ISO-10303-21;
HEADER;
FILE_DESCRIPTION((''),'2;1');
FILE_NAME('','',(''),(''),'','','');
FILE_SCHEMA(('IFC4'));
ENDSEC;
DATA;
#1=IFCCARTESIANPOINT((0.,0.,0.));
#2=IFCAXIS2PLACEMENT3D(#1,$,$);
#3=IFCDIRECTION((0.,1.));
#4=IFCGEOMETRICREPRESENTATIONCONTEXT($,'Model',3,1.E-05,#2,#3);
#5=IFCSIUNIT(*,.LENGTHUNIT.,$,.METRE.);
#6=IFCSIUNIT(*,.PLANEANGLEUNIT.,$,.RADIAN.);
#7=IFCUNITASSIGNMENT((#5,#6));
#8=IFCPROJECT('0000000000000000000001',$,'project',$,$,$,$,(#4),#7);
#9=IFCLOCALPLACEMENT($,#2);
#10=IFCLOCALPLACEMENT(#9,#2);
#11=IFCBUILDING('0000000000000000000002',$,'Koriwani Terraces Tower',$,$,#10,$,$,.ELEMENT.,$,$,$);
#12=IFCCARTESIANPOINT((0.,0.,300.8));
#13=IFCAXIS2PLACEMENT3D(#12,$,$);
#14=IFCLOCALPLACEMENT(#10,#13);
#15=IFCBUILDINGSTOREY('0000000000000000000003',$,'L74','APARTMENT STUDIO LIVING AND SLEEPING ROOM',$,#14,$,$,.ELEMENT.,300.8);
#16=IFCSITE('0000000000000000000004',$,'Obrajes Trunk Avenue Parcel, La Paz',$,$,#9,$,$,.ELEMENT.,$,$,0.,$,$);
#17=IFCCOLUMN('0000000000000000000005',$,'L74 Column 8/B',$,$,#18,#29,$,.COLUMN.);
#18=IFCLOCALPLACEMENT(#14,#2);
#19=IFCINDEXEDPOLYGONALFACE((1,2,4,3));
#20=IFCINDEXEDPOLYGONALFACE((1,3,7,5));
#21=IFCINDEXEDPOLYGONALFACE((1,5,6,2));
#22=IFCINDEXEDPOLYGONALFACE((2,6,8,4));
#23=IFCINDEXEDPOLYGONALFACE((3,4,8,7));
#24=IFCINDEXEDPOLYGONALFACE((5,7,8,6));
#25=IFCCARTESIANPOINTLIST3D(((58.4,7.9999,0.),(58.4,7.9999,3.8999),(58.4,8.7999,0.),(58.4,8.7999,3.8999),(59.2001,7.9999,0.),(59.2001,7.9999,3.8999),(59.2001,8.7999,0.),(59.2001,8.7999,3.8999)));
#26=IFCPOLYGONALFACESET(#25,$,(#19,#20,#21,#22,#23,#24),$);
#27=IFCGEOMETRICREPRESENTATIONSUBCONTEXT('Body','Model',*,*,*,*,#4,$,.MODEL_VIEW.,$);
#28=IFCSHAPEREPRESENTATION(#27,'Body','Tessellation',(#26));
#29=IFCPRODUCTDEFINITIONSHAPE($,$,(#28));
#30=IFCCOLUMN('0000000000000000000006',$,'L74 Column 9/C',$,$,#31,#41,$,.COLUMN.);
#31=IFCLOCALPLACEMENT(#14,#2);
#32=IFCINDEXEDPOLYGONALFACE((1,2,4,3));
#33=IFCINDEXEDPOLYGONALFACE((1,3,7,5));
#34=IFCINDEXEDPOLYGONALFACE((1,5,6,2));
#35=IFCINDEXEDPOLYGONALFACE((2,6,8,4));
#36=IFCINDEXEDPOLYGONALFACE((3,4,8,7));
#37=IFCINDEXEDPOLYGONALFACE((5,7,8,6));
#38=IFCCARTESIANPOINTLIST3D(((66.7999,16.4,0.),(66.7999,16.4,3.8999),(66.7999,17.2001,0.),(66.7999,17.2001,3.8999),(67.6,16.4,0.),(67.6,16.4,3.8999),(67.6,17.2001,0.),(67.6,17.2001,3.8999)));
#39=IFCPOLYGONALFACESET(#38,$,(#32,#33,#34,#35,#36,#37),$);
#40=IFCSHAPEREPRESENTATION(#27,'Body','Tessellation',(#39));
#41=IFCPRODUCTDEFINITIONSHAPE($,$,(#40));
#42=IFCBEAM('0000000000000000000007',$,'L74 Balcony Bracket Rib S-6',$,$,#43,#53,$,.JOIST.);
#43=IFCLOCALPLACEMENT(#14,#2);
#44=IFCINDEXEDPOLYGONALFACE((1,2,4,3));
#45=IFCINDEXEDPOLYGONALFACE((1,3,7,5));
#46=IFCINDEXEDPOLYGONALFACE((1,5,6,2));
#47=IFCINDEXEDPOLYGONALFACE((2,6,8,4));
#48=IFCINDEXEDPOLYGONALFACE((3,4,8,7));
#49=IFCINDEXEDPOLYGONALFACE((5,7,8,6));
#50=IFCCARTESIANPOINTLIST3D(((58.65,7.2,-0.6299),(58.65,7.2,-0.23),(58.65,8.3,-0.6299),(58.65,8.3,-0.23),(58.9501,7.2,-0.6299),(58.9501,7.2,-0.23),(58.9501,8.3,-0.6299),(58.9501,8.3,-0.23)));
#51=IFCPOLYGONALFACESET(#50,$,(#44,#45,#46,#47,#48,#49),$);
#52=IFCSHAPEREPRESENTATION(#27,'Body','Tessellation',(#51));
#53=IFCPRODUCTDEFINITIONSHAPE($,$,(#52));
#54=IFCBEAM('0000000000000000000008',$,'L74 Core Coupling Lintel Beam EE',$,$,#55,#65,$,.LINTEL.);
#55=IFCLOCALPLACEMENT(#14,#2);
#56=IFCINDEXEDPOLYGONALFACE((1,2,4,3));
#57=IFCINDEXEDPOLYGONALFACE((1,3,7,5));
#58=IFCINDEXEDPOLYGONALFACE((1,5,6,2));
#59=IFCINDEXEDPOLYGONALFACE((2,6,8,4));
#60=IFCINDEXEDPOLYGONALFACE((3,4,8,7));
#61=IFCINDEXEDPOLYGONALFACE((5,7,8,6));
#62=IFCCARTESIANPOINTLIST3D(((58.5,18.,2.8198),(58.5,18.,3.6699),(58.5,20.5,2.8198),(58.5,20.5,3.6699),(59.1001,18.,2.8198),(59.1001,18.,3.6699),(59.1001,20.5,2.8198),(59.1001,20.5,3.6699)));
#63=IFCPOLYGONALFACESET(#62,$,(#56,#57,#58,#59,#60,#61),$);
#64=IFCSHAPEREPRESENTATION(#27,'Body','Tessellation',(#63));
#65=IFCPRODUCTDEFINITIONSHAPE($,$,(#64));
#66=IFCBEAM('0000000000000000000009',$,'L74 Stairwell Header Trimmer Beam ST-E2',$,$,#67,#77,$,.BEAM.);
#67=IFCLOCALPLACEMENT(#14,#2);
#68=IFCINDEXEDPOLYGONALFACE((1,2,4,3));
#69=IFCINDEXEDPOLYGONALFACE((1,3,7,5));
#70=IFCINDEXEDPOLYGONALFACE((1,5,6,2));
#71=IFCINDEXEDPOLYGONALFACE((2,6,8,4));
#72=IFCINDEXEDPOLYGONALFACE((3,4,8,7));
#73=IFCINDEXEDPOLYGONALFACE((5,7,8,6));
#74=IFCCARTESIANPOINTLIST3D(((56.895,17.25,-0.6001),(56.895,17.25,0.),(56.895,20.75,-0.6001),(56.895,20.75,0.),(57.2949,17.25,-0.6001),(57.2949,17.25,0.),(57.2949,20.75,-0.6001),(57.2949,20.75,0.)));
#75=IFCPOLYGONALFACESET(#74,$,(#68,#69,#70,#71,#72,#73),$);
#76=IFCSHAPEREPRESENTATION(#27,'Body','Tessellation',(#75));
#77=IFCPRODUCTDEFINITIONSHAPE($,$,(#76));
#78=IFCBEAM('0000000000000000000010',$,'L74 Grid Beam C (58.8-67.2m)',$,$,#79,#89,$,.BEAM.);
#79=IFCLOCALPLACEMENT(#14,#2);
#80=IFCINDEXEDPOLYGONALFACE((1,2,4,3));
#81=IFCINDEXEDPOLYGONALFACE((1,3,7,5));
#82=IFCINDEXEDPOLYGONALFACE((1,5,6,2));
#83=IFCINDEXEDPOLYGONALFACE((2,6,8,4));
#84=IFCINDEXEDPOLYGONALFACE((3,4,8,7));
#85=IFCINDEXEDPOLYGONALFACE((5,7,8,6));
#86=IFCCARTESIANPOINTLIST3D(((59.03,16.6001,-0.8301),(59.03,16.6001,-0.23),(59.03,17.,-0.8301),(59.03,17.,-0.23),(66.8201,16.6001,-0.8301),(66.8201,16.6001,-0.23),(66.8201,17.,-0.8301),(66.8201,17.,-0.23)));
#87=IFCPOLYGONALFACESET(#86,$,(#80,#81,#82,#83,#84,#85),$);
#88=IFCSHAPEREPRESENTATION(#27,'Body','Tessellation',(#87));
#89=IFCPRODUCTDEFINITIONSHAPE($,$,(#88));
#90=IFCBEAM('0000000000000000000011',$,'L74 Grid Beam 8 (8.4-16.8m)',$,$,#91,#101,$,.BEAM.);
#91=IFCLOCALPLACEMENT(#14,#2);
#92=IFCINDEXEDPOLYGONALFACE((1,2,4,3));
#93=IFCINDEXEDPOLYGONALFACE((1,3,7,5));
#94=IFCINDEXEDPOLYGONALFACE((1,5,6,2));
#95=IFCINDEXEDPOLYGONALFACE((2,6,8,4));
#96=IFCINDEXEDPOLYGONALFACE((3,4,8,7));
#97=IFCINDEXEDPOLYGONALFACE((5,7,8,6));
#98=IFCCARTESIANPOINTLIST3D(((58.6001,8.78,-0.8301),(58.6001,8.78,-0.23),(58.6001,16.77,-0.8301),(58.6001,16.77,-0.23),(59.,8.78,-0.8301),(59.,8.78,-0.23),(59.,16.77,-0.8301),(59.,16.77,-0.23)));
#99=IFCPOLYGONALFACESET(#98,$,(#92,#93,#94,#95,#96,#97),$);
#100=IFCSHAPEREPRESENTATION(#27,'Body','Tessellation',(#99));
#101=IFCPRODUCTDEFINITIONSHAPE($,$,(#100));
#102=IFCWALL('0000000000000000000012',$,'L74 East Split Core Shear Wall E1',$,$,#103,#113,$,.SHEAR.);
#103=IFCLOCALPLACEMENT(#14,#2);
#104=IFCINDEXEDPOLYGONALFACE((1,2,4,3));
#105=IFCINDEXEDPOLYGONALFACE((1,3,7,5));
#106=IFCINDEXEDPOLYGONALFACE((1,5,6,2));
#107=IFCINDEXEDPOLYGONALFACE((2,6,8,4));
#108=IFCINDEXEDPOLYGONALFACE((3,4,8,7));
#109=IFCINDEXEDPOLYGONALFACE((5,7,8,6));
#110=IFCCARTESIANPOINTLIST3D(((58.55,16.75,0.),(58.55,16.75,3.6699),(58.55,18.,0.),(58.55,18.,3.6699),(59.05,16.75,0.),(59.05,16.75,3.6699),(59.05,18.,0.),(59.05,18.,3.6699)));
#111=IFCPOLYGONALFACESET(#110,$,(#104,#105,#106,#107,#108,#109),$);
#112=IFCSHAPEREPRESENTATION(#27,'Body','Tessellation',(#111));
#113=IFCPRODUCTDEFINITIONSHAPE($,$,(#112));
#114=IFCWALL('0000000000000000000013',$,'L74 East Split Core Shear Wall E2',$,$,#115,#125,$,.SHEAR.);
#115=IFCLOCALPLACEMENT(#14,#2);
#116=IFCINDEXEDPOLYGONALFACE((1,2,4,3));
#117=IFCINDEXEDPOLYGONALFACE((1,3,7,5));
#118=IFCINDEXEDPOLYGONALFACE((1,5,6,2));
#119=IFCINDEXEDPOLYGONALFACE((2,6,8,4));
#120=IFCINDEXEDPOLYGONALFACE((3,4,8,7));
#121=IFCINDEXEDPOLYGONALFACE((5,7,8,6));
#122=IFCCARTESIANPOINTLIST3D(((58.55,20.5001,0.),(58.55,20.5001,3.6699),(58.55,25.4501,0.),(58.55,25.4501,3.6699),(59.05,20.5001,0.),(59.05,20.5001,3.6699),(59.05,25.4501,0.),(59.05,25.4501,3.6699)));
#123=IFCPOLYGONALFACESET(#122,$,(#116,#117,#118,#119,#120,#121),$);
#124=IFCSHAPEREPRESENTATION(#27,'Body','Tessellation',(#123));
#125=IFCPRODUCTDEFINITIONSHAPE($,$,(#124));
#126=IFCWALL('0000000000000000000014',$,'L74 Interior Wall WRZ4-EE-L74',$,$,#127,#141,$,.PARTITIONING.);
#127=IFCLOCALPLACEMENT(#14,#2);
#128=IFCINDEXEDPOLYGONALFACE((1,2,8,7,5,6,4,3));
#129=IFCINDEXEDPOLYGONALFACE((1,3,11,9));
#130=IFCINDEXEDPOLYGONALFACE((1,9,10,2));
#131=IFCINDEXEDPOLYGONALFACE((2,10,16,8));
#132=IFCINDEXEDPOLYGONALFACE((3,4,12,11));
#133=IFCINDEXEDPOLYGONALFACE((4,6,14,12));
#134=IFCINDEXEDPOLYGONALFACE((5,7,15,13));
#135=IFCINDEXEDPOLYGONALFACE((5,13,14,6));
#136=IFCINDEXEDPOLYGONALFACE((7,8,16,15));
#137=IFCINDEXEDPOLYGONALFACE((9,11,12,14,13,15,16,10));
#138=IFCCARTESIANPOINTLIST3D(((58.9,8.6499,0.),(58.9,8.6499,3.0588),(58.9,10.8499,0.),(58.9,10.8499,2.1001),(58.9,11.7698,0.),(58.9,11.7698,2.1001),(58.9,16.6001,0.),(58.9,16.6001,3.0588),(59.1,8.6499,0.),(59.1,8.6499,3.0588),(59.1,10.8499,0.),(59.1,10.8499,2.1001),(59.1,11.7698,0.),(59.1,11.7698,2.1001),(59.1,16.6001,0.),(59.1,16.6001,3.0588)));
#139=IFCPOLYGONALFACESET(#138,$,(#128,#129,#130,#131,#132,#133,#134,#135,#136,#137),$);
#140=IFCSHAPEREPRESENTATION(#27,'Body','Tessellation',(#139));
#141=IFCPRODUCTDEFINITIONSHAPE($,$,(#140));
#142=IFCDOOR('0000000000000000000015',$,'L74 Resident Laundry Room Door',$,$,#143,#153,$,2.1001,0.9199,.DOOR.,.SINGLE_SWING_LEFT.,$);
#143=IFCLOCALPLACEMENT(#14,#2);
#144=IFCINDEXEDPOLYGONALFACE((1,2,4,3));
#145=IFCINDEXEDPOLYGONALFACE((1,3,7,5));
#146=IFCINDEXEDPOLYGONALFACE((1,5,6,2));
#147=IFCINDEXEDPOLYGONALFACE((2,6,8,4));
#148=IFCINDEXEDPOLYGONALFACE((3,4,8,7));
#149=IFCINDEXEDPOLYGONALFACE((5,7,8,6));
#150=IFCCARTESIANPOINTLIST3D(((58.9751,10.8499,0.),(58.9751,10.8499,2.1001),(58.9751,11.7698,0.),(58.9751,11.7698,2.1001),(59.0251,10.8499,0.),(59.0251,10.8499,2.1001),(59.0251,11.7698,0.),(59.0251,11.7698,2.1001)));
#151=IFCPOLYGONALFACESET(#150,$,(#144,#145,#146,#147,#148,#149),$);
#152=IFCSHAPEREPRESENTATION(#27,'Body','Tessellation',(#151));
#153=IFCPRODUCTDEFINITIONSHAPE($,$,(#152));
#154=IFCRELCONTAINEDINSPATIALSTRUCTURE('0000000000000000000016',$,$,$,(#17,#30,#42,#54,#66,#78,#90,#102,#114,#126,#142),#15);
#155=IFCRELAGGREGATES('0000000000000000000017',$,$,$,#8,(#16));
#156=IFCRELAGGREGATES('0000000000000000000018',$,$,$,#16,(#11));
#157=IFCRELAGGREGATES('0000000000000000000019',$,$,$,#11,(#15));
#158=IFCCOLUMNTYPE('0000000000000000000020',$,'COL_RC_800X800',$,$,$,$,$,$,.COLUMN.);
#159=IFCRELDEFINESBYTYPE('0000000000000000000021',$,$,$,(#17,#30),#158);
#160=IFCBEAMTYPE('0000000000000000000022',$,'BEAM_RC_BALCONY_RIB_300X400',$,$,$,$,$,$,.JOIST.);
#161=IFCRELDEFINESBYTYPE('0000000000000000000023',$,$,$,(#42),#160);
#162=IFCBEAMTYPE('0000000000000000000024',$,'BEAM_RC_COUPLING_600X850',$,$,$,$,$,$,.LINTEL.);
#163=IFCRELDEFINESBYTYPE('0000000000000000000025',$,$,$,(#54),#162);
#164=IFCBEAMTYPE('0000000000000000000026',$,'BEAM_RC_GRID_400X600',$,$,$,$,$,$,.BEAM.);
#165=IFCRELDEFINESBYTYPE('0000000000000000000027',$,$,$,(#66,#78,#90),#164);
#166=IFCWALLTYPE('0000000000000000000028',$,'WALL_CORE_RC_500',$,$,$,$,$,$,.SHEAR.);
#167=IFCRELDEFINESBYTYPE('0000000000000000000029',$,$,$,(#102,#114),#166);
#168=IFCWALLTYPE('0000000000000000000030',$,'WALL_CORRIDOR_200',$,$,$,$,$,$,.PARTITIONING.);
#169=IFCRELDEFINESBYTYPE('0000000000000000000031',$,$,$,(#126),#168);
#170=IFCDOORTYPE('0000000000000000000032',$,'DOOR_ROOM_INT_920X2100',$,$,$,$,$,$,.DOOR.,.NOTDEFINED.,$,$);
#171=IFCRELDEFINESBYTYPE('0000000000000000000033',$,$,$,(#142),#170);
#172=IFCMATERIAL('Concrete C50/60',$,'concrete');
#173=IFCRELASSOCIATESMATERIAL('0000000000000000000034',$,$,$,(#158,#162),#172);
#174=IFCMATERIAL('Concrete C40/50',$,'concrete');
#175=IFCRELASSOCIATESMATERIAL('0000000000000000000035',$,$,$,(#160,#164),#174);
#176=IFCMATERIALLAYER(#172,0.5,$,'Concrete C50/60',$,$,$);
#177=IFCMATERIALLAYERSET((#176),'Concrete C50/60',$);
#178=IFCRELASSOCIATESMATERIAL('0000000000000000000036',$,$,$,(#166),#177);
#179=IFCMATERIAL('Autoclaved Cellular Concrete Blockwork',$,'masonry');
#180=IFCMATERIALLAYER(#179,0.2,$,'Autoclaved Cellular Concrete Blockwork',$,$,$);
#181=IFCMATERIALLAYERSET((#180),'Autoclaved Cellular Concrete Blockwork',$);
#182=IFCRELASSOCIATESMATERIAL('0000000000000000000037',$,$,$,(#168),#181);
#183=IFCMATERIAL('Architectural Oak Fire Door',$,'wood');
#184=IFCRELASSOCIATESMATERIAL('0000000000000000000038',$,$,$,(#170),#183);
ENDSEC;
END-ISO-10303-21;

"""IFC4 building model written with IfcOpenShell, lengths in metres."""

from ifc_helpers import new_model, si_unit, direction, frame, frame_2d, origin, origin_2d, place, context, subcontext, project, spatial, rectangle, extrude, material, layer, layer_set, material_profile, profile_set, type_object, element, fill, save


model = new_model("IFC4")

# Units and contexts
model_context = context("Model", 3, precision=1e-05, world=origin(), true_north=direction((0.0, 1.0)))
body_context = subcontext(model_context, "Body", "Model", "MODEL_VIEW")
ifc_project = project(units=[si_unit("LENGTHUNIT", "METRE"), si_unit("PLANEANGLEUNIT", "RADIAN")], contexts=[model_context])

# Site, building, storey
site_placement = place(None, origin())
site = spatial("IfcSite", under=ifc_project, at=site_placement, Name="Obrajes Trunk Avenue Parcel, La Paz", CompositionType="ELEMENT", RefElevation=0.0)
building_placement = place(site_placement, origin())
building = spatial("IfcBuilding", under=site, at=building_placement, Name="Koriwani Terraces Tower", CompositionType="ELEMENT")
storey_placement = place(building_placement, frame((0.0, 0.0, 300.8)))
storey = spatial("IfcBuildingStorey", under=building, at=storey_placement, Name="L74", Description="APARTMENT STUDIO LIVING AND SLEEPING ROOM", CompositionType="ELEMENT", Elevation=300.8)

# Columns
ifc_material_1 = material(Name="Concrete C50/60", Category="concrete")
ifc_material_profile_1 = material_profile(ifc_material_1, rectangle(XDim=0.8, YDim=0.8, at=origin_2d()), Name="Concrete C50/60", Category="LoadBearing")
ifc_profile_set_1 = profile_set([ifc_material_profile_1], Name="Concrete C50/60")
column_type = type_object("IfcColumnType", Name="COL_RC_800X800", PredefinedType="COLUMN", material=ifc_profile_set_1)
for number, where, z_axis, x_axis, name in (
    (1, (58.8, 8.3999, 0.0), (0.0, 0.0, 1.0), (1.0, 0.0, 0.0), "L74 Column 8/B"),
    (2, (67.2, 16.8, 0.0), (0.0, 0.0, 1.0), (1.0, 0.0, 0.0), "L74 Column 9/C"),
):
    element("IfcColumn", number, at=place(storey_placement, frame(where, z_axis=z_axis, x_axis=x_axis)), inside=storey, type_object=column_type, Name=name, PredefinedType="COLUMN", context=body_context, shape_type="SweptSolid", body=[
        extrude(rectangle(XDim=0.8, YDim=0.8, at=origin_2d()), origin(), (0.0, 0.0, 1.0), 3.8999),
    ])

# Beams
ifc_material_2 = material(Name="Concrete C40/50", Category="concrete")
ifc_material_profile_2 = material_profile(ifc_material_2, rectangle(XDim=0.3, YDim=0.3999, at=origin_2d()), Name="Concrete C40/50", Category="LoadBearing")
ifc_profile_set_2 = profile_set([ifc_material_profile_2], Name="Concrete C40/50")
beam_type_1 = type_object("IfcBeamType", Name="BEAM_RC_BALCONY_RIB_300X400", PredefinedType="JOIST", material=ifc_profile_set_2)
beam_1_placement = place(storey_placement, frame((58.8, 7.2, -0.4299), z_axis=(0.0, 1.0, 0.0), x_axis=(-1.0, 0.0, 0.0)))
element("IfcBeam", 3, at=beam_1_placement, inside=storey, type_object=beam_type_1, Name="L74 Balcony Bracket Rib S-6", PredefinedType="JOIST", context=body_context, shape_type="SweptSolid", body=[
    extrude(rectangle(XDim=0.3, YDim=0.3999, at=origin_2d()), origin(), (0.0, 0.0, 1.0), 1.1001),
])
ifc_material_profile_3 = material_profile(ifc_material_1, rectangle(XDim=0.6001, YDim=0.8501, at=origin_2d()), Name="Concrete C50/60", Category="LoadBearing")
ifc_profile_set_3 = profile_set([ifc_material_profile_3], Name="Concrete C50/60")
beam_type_2 = type_object("IfcBeamType", Name="BEAM_RC_COUPLING_600X850", PredefinedType="LINTEL", material=ifc_profile_set_3)
beam_2_placement = place(storey_placement, frame((58.8, 18.0, 3.2449), z_axis=(0.0, 1.0, 0.0), x_axis=(-1.0, 0.0, 0.0)))
element("IfcBeam", 4, at=beam_2_placement, inside=storey, type_object=beam_type_2, Name="L74 Core Coupling Lintel Beam EE", PredefinedType="LINTEL", context=body_context, shape_type="SweptSolid", body=[
    extrude(rectangle(XDim=0.6001, YDim=0.8501, at=origin_2d()), origin(), (0.0, 0.0, 1.0), 2.5),
])
ifc_material_profile_4 = material_profile(ifc_material_2, rectangle(XDim=0.3999, YDim=0.6001, at=origin_2d()), Name="Concrete C40/50", Category="LoadBearing")
ifc_profile_set_4 = profile_set([ifc_material_profile_4], Name="Concrete C40/50")
beam_type_3 = type_object("IfcBeamType", Name="BEAM_RC_GRID_400X600", PredefinedType="BEAM", material=ifc_profile_set_4)
beam_3_placement = place(storey_placement, frame((57.095, 17.25, -0.3), z_axis=(0.0, 1.0, 0.0), x_axis=(-1.0, 0.0, 0.0)))
element("IfcBeam", 5, at=beam_3_placement, inside=storey, type_object=beam_type_3, Name="L74 Stairwell Header Trimmer Beam ST-E2", PredefinedType="BEAM", context=body_context, shape_type="SweptSolid", body=[
    extrude(rectangle(XDim=0.3999, YDim=0.6001, at=origin_2d()), origin(), (0.0, 0.0, 1.0), 3.5),
])
beam_4_placement = place(storey_placement, frame((59.03, 16.8, -0.53), z_axis=(1.0, 0.0, 0.0), x_axis=(0.0, 1.0, 0.0)))
element("IfcBeam", 6, at=beam_4_placement, inside=storey, type_object=beam_type_3, Name="L74 Grid Beam C (58.8-67.2m)", PredefinedType="BEAM", context=body_context, shape_type="SweptSolid", body=[
    extrude(rectangle(XDim=0.3999, YDim=0.6001, at=origin_2d()), origin(), (0.0, 0.0, 1.0), 7.79),
])
beam_5_placement = place(storey_placement, frame((58.8, 8.78, -0.53), z_axis=(0.0, 1.0, 0.0), x_axis=(-1.0, 0.0, 0.0)))
element("IfcBeam", 7, at=beam_5_placement, inside=storey, type_object=beam_type_3, Name="L74 Grid Beam 8 (8.4-16.8m)", PredefinedType="BEAM", context=body_context, shape_type="SweptSolid", body=[
    extrude(rectangle(XDim=0.3999, YDim=0.6001, at=origin_2d()), origin(), (0.0, 0.0, 1.0), 7.99),
])

# Walls
ifc_layer_1 = layer(ifc_material_1, 0.5, Name="Concrete C50/60")
ifc_layer_set_1 = layer_set([ifc_layer_1], Name="Concrete C50/60")
wall_type_1 = type_object("IfcWallType", Name="WALL_CORE_RC_500", PredefinedType="SHEAR", material=ifc_layer_set_1)
wall_1_placement = place(storey_placement, frame((58.8, 16.75, 0.0), z_axis=(0.0, 0.0, 1.0), x_axis=(0.0, 1.0, 0.0)))
element("IfcWall", 8, at=wall_1_placement, inside=storey, type_object=wall_type_1, Name="L74 East Split Core Shear Wall E1", PredefinedType="SHEAR", context=body_context, shape_type="SweptSolid", body=[
    extrude(rectangle(XDim=1.25, YDim=0.5, at=frame_2d((0.625, 0.0))), origin(), (0.0, 0.0, 1.0), 3.6699),
])
wall_2_placement = place(storey_placement, frame((58.8, 20.5, 0.0), z_axis=(0.0, 0.0, 1.0), x_axis=(0.0, 1.0, 0.0)))
element("IfcWall", 9, at=wall_2_placement, inside=storey, type_object=wall_type_1, Name="L74 East Split Core Shear Wall E2", PredefinedType="SHEAR", context=body_context, shape_type="SweptSolid", body=[
    extrude(rectangle(XDim=4.95, YDim=0.5, at=frame_2d((2.4751, 0.0))), origin(), (0.0, 0.0, 1.0), 3.6699),
])

# Wall, opening, door
ifc_material_3 = material(Name="Autoclaved Cellular Concrete Blockwork", Category="masonry")
ifc_layer_2 = layer(ifc_material_3, 0.2, Name="Autoclaved Cellular Concrete Blockwork")
ifc_layer_set_2 = layer_set([ifc_layer_2], Name="Autoclaved Cellular Concrete Blockwork")
wall_type_2 = type_object("IfcWallType", Name="WALL_CORRIDOR_200", PredefinedType="PARTITIONING", material=ifc_layer_set_2)
wall_3_placement = place(storey_placement, frame((59.0, 8.6499, 0.0), z_axis=(0.0, 0.0, 1.0), x_axis=(0.0, 1.0, 0.0)))
wall_3 = element("IfcWall", 10, at=wall_3_placement, inside=storey, type_object=wall_type_2, Name="L74 Interior Wall WRZ4-EE-L74", PredefinedType="PARTITIONING", context=body_context, shape_type="SweptSolid", body=[
    extrude(rectangle(XDim=7.9502, YDim=0.2, at=frame_2d((3.9751, 0.0))), origin(), (0.0, 0.0, 1.0), 3.0588),
])
opening_1_placement = place(wall_3_placement, frame((2.2, 0.0, 0.0)))
opening_1 = element("IfcOpeningElement", 11, at=opening_1_placement, cuts=wall_3, PredefinedType="OPENING", context=body_context, shape_type="SweptSolid", body=[
    extrude(rectangle(XDim=0.9199, YDim=2.1001, at=frame_2d((0.46, 1.05))), frame((0.0, 0.1099, 0.0), z_axis=(0.0, -1.0, 0.0), x_axis=(1.0, 0.0, 0.0)), (0.0, 0.0, 1.0), 0.22),
])
ifc_material_4 = material(Name="Architectural Oak Fire Door", Category="wood")
door_type_1 = type_object("IfcDoorType", Name="DOOR_ROOM_INT_920X2100", OperationType="NOTDEFINED", PredefinedType="DOOR", material=ifc_material_4)
door_1_placement = place(opening_1_placement, origin())
door_1 = element("IfcDoor", 12, at=door_1_placement, inside=storey, type_object=door_type_1, Name="L74 Resident Laundry Room Door", OperationType="SINGLE_SWING_LEFT", OverallHeight=2.1001, OverallWidth=0.9199, PredefinedType="DOOR", context=body_context, shape_type="SweptSolid", body=[
    extrude(rectangle(XDim=0.9199, YDim=2.1001, at=frame_2d((0.46, 1.05))), frame((0.0, 0.0249, 0.0), z_axis=(0.0, -1.0, 0.0), x_axis=(1.0, 0.0, 0.0)), (0.0, 0.0, 1.0), 0.05),
])
fill(opening_1, door_1)

save(model, "model.ifc")
